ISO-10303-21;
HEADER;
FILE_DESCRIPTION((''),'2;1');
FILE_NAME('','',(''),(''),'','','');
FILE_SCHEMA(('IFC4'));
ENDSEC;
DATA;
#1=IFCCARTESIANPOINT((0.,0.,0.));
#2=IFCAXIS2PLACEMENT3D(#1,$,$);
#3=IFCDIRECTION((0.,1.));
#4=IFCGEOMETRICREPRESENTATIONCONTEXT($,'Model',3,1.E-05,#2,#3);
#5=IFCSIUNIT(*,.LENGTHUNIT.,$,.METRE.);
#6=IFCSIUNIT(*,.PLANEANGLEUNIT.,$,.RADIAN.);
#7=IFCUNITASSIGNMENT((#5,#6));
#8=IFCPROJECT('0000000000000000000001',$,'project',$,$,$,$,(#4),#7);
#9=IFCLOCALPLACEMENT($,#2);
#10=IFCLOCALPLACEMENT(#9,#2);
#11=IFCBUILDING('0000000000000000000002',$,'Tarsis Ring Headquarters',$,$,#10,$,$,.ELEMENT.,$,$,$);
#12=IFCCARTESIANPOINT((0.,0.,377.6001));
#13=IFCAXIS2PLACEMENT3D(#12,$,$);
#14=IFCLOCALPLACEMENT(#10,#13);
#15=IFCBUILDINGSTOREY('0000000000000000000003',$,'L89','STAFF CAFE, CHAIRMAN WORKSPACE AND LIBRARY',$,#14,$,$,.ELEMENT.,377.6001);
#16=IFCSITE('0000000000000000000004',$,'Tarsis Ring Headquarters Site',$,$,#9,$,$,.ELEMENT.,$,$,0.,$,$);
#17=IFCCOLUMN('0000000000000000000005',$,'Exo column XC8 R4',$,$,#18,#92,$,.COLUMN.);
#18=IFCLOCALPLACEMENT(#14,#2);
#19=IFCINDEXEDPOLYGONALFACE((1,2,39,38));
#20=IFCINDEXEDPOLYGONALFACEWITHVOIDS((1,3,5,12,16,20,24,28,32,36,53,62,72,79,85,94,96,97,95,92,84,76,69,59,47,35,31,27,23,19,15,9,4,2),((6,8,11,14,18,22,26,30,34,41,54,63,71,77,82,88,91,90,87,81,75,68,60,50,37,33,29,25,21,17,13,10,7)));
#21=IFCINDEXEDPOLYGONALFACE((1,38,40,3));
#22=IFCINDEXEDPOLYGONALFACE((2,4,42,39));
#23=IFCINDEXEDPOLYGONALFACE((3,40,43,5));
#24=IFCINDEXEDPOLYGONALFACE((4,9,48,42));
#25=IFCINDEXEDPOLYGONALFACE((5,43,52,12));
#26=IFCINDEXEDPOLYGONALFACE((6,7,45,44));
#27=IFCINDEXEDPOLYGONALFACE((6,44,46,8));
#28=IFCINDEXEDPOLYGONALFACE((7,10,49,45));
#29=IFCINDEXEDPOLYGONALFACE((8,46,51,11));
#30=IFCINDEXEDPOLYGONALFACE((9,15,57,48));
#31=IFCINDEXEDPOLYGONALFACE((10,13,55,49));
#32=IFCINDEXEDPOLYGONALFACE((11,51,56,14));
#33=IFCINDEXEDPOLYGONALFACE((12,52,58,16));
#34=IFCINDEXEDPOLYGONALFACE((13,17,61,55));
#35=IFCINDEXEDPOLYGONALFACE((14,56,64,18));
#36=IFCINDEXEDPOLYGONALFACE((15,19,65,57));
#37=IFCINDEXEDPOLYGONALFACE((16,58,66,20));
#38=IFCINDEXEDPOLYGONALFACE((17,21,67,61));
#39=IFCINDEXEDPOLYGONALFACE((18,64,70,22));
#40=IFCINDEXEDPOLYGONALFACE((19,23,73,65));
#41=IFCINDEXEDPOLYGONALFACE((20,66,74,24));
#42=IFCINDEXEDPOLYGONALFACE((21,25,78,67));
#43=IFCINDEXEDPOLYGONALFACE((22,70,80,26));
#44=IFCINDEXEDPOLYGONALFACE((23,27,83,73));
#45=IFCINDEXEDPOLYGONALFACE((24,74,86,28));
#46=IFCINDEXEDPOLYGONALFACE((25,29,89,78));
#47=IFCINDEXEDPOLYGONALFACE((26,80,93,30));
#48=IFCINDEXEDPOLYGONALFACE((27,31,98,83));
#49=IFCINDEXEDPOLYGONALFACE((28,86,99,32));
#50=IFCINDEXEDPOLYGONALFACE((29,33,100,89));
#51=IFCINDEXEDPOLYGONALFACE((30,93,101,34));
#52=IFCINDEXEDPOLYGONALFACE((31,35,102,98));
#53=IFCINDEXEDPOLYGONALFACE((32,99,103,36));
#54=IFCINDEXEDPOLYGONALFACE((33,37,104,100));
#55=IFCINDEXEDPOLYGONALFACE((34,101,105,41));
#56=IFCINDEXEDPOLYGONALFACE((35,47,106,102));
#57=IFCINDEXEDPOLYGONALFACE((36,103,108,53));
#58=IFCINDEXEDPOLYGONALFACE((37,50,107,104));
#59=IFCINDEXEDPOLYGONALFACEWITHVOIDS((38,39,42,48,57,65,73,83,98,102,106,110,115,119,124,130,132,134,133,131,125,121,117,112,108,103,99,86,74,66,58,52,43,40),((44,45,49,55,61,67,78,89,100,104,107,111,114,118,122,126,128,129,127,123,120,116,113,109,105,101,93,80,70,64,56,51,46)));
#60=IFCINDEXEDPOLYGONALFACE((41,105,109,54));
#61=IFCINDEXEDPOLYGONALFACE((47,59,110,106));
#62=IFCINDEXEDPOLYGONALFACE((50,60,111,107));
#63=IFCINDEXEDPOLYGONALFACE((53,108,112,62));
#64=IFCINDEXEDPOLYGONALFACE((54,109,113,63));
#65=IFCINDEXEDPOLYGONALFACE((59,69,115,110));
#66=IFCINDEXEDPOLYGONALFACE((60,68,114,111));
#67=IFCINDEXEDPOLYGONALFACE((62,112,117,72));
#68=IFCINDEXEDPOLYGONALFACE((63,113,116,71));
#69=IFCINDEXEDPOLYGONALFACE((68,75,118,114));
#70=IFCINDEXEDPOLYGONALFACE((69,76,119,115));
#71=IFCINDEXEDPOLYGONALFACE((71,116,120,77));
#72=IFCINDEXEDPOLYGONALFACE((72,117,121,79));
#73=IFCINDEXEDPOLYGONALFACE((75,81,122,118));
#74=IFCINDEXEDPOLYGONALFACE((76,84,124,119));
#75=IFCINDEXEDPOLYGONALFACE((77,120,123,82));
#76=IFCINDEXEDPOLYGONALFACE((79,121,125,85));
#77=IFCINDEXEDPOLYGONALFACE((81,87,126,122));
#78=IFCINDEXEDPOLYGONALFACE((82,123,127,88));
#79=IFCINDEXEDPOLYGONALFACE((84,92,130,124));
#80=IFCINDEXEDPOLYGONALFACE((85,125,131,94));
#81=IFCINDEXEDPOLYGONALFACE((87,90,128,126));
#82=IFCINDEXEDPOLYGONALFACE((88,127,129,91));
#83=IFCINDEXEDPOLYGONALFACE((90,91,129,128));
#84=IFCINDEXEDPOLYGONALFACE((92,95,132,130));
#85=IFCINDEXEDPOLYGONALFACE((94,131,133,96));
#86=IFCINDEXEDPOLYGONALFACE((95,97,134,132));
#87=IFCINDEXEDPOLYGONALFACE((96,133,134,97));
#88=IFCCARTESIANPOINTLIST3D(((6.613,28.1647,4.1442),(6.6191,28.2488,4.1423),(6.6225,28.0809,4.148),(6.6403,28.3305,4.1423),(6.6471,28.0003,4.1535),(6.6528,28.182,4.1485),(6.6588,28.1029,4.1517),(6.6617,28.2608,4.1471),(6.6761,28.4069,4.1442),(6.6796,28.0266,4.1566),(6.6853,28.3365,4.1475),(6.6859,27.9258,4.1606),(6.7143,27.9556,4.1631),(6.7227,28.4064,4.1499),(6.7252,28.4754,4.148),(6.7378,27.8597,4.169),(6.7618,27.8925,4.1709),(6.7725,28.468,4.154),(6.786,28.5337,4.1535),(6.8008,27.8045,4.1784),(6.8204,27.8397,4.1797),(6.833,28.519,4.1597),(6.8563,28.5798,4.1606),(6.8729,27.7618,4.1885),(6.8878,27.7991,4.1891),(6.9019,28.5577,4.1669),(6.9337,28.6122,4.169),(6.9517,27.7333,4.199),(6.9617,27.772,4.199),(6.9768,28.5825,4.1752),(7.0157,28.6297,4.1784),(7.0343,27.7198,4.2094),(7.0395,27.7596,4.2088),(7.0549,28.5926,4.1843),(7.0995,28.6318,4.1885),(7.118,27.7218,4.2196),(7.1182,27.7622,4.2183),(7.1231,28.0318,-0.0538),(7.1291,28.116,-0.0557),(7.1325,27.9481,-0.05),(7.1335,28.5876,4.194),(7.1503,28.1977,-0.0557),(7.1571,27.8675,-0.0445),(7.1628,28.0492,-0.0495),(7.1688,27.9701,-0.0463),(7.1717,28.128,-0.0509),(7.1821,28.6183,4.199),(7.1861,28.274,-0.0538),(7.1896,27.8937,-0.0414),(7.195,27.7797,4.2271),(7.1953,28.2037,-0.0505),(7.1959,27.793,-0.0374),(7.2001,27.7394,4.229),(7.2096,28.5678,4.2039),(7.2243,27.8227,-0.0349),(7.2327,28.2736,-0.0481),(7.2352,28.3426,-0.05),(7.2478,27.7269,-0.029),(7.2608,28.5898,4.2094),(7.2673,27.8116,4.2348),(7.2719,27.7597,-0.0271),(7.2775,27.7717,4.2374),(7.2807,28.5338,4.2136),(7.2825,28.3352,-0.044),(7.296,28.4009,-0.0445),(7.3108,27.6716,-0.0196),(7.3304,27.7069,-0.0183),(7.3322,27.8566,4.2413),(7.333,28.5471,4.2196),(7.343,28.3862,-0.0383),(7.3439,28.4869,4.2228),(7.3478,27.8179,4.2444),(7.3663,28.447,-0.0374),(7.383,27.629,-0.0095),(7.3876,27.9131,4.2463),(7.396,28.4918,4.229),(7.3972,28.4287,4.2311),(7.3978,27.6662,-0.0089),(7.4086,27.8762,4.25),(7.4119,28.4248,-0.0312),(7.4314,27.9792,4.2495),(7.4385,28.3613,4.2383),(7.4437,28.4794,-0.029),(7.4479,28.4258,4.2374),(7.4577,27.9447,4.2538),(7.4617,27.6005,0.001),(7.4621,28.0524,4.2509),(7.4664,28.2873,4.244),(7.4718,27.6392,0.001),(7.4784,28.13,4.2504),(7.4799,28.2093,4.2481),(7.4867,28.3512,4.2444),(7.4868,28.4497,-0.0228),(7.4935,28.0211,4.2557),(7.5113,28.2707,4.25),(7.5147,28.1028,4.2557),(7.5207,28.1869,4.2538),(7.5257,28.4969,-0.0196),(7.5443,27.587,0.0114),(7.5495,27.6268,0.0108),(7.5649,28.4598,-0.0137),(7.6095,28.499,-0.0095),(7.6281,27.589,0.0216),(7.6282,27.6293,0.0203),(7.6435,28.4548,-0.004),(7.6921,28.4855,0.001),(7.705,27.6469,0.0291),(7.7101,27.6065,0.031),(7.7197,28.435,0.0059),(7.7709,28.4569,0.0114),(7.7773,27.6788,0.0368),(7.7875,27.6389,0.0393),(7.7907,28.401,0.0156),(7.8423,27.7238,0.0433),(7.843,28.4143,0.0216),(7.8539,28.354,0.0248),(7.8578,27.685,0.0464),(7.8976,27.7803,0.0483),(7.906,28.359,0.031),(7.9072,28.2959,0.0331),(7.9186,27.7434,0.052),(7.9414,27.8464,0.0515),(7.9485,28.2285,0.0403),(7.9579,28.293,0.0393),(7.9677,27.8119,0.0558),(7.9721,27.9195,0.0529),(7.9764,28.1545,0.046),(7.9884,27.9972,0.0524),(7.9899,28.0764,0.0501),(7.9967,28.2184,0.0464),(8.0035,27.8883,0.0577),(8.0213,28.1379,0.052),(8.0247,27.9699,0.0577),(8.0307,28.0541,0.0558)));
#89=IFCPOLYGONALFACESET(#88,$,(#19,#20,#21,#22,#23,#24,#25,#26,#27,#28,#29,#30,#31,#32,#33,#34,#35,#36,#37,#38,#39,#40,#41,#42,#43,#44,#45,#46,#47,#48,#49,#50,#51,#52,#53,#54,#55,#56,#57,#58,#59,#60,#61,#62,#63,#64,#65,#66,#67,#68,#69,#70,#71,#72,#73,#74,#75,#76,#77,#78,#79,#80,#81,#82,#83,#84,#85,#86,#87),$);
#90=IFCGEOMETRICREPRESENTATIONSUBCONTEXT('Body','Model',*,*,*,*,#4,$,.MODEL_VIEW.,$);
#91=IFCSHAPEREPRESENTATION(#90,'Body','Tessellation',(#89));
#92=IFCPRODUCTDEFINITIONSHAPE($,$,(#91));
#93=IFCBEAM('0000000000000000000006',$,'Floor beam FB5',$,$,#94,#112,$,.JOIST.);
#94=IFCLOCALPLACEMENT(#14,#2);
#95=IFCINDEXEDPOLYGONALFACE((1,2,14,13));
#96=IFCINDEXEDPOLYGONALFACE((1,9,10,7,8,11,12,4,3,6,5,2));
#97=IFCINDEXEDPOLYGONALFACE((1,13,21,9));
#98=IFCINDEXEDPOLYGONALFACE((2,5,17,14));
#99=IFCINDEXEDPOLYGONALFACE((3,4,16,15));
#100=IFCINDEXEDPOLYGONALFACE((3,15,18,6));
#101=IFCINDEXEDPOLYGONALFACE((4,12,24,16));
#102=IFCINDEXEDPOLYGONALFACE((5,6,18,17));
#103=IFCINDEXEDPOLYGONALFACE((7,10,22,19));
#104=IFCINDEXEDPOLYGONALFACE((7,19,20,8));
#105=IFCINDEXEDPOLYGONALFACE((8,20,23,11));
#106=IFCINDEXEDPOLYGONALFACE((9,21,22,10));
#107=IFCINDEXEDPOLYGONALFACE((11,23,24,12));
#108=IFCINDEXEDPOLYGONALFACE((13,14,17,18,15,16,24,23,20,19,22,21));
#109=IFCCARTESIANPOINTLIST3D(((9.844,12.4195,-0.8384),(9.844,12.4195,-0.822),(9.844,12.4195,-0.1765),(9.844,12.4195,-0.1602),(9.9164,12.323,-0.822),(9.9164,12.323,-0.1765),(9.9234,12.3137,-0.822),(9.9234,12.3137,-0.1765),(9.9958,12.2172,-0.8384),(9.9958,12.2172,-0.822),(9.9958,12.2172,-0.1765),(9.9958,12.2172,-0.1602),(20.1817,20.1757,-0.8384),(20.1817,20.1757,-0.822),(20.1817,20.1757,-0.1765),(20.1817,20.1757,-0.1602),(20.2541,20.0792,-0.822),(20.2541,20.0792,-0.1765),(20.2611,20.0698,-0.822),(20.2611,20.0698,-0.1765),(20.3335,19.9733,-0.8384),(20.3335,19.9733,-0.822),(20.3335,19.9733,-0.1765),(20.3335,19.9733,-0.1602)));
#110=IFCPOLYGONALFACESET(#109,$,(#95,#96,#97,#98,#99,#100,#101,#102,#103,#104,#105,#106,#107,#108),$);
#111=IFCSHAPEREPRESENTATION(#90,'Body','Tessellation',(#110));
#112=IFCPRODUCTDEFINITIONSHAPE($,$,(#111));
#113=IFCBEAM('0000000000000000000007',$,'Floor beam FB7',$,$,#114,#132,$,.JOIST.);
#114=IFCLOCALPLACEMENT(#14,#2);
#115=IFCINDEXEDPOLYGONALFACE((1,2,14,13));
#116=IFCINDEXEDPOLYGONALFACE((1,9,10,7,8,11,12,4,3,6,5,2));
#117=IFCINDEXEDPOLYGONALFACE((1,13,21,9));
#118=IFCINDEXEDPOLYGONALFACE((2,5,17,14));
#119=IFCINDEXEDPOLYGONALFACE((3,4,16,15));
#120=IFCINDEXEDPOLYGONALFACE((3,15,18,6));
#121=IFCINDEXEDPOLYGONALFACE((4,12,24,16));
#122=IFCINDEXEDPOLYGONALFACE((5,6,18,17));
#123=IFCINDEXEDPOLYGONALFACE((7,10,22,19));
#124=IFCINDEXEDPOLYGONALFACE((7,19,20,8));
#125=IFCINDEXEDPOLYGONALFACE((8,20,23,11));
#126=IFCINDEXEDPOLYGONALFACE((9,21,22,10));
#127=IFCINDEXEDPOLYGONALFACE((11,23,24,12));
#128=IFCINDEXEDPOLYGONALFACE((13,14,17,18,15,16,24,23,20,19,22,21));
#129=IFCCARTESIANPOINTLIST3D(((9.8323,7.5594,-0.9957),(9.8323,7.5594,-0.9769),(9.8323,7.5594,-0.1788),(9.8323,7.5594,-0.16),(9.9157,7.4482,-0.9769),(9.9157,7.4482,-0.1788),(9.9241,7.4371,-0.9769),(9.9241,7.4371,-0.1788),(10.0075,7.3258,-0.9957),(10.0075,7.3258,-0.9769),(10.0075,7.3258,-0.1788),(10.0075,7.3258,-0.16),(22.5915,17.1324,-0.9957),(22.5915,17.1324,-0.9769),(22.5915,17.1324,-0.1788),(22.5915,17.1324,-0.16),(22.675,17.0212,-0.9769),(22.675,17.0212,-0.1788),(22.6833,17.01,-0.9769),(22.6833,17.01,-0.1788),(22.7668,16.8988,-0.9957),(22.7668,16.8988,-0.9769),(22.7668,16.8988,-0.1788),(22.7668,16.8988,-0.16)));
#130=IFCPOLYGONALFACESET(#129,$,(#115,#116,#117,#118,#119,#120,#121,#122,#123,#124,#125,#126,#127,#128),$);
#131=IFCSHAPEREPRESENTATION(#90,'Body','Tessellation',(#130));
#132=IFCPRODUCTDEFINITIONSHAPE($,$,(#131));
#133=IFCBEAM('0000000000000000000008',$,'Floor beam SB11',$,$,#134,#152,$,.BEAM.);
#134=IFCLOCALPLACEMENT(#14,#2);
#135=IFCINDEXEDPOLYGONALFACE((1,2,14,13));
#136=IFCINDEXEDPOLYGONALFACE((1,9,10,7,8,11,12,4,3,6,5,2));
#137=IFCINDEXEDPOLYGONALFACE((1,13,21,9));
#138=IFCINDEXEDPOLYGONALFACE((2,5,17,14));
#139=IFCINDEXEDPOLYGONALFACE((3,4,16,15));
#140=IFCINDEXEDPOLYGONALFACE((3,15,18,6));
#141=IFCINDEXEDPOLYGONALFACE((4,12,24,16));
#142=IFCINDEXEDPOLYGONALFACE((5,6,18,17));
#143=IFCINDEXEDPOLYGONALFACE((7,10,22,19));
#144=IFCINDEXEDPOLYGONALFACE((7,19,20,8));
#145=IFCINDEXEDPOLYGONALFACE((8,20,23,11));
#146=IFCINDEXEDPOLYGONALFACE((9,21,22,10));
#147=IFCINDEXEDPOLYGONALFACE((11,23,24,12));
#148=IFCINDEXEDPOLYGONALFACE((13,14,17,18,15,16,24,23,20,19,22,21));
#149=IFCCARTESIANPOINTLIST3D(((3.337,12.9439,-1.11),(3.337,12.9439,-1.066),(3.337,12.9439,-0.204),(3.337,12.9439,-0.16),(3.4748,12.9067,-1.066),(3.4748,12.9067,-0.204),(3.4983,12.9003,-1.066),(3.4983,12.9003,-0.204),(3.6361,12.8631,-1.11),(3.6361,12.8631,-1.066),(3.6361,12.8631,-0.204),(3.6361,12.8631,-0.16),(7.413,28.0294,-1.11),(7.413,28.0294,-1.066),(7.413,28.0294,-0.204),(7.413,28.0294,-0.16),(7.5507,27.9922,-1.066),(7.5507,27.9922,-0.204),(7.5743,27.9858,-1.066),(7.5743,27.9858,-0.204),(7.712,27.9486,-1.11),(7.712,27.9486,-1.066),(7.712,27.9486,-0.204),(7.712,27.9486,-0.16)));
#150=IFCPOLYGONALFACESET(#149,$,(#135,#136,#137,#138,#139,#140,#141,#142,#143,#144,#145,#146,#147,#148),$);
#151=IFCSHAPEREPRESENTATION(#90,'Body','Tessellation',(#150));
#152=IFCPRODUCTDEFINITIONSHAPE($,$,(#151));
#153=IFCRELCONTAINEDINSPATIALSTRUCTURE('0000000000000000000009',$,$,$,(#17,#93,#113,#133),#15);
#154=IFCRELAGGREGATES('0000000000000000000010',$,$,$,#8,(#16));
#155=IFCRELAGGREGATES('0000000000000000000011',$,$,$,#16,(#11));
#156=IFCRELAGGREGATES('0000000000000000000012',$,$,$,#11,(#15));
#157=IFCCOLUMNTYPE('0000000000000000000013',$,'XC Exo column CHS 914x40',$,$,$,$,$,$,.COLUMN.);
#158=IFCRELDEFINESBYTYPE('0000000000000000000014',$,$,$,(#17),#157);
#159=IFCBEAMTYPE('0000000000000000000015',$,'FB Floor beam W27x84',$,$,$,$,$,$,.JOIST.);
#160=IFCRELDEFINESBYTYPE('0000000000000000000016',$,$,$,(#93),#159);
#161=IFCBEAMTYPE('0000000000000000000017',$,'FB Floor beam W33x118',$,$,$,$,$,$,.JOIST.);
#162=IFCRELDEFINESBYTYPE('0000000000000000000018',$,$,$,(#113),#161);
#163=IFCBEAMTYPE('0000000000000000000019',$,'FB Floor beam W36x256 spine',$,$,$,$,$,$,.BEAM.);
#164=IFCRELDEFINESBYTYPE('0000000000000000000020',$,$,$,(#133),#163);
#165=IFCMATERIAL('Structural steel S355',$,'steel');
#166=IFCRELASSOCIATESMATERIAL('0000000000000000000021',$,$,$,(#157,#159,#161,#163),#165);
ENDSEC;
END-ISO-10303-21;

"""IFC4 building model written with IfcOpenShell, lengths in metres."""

from ifc_helpers import new_model, si_unit, direction, frame, origin, origin_2d, place, context, subcontext, project, spatial, hollow_circle, i_section, extrude, material, material_profile, profile_set, type_object, element, save


model = new_model("IFC4")

# Units and contexts
model_context = context("Model", 3, precision=1e-05, world=origin(), true_north=direction((0.0, 1.0)))
body_context = subcontext(model_context, "Body", "Model", "MODEL_VIEW")
ifc_project = project(units=[si_unit("LENGTHUNIT", "METRE"), si_unit("PLANEANGLEUNIT", "RADIAN")], contexts=[model_context])

# Site, building, storey
site_placement = place(None, origin())
site = spatial("IfcSite", under=ifc_project, at=site_placement, Name="Tarsis Ring Headquarters Site", CompositionType="ELEMENT", RefElevation=0.0)
building_placement = place(site_placement, origin())
building = spatial("IfcBuilding", under=site, at=building_placement, Name="Tarsis Ring Headquarters", CompositionType="ELEMENT")
storey_placement = place(building_placement, frame((0.0, 0.0, 377.6001)))
storey = spatial("IfcBuildingStorey", under=building, at=storey_placement, Name="L89", Description="STAFF CAFE, CHAIRMAN WORKSPACE AND LIBRARY", CompositionType="ELEMENT", Elevation=377.6001)

# Column
ifc_material_1 = material(Name="Structural steel S355", Category="steel")
ifc_material_profile_1 = material_profile(ifc_material_1, hollow_circle(Radius=0.457, WallThickness=0.04, at=origin_2d()), Name="CHS 914x40")
ifc_profile_set_1 = profile_set([ifc_material_profile_1], Name="Structural steel S355")
column_type = type_object("IfcColumnType", Name="XC Exo column CHS 914x40", PredefinedType="COLUMN", material=ifc_profile_set_1)
for number, where, z_axis, x_axis, name in (
    (1, (7.5769, 28.043, 0.001), (-0.120543, 0.031391, 0.992212), (-0.252007, -0.967725, 0.0), "Exo column XC8 R4"),
):
    element("IfcColumn", number, at=place(storey_placement, frame(where, z_axis=z_axis, x_axis=x_axis)), inside=storey, type_object=column_type, Name=name, PredefinedType="COLUMN", context=body_context, shape_type="SweptSolid", body=[
        extrude(hollow_circle(Radius=0.4573, WallThickness=0.04, at=origin_2d()), origin(), (0.0, 0.0, 1.0), 4.231),
    ])

# Beams
ifc_material_profile_2 = material_profile(ifc_material_1, i_section(OverallWidth=0.2529, OverallDepth=0.6782, WebThickness=0.0117, FlangeThickness=0.0164, at=origin_2d()), Name="W27x84")
ifc_profile_set_2 = profile_set([ifc_material_profile_2], Name="Structural steel S355")
beam_type_1 = type_object("IfcBeamType", Name="FB Floor beam W27x84", PredefinedType="JOIST", material=ifc_profile_set_2)
beam_1_placement = place(storey_placement, frame((9.9199, 12.3184, -0.4993), z_axis=(0.799893, 0.600142, 0.0), x_axis=(-0.600142, 0.799893, 0.0)))
element("IfcBeam", 2, at=beam_1_placement, inside=storey, type_object=beam_type_1, Name="Floor beam FB5", PredefinedType="JOIST", context=body_context, shape_type="SweptSolid", body=[
    extrude(i_section(OverallWidth=0.2529, OverallDepth=0.6782, WebThickness=0.0117, FlangeThickness=0.0164, at=origin_2d()), origin(), (0.0, 0.0, 1.0), 12.9238),
])
ifc_material_profile_3 = material_profile(ifc_material_1, i_section(OverallWidth=0.292, OverallDepth=0.8357, WebThickness=0.0139, FlangeThickness=0.0188, at=origin_2d()), Name="W33x118")
ifc_profile_set_3 = profile_set([ifc_material_profile_3], Name="Structural steel S355")
beam_type_2 = type_object("IfcBeamType", Name="FB Floor beam W33x118", PredefinedType="JOIST", material=ifc_profile_set_3)
beam_2_placement = place(storey_placement, frame((9.9199, 7.4426, -0.5779), z_axis=(0.799893, 0.600142, 0.0), x_axis=(-0.600142, 0.799893, 0.0)))
element("IfcBeam", 3, at=beam_2_placement, inside=storey, type_object=beam_type_2, Name="Floor beam FB7", PredefinedType="JOIST", context=body_context, shape_type="SweptSolid", body=[
    extrude(i_section(OverallWidth=0.292, OverallDepth=0.8357, WebThickness=0.0139, FlangeThickness=0.0188, at=origin_2d()), origin(), (0.0, 0.0, 1.0), 15.9512),
])
ifc_material_profile_4 = material_profile(ifc_material_1, i_section(OverallWidth=0.3098, OverallDepth=0.95, WebThickness=0.0244, FlangeThickness=0.0439, at=origin_2d()), Name="W36x256")
ifc_profile_set_4 = profile_set([ifc_material_profile_4], Name="Structural steel S355")
beam_type_3 = type_object("IfcBeamType", Name="FB Floor beam W36x256 spine", PredefinedType="BEAM", material=ifc_profile_set_4)
beam_3_placement = place(storey_placement, frame((7.5625, 27.989, -0.635), z_axis=(-0.260836, -0.965383, 0.0), x_axis=(0.965383, -0.260836, 0.0)))
element("IfcBeam", 4, at=beam_3_placement, inside=storey, type_object=beam_type_3, Name="Floor beam SB11", PredefinedType="BEAM", context=body_context, shape_type="SweptSolid", body=[
    extrude(i_section(OverallWidth=0.3098, OverallDepth=0.95, WebThickness=0.0244, FlangeThickness=0.0439, at=origin_2d()), origin(), (0.0, 0.0, 1.0), 15.6265),
])

save(model, "model.ifc")
